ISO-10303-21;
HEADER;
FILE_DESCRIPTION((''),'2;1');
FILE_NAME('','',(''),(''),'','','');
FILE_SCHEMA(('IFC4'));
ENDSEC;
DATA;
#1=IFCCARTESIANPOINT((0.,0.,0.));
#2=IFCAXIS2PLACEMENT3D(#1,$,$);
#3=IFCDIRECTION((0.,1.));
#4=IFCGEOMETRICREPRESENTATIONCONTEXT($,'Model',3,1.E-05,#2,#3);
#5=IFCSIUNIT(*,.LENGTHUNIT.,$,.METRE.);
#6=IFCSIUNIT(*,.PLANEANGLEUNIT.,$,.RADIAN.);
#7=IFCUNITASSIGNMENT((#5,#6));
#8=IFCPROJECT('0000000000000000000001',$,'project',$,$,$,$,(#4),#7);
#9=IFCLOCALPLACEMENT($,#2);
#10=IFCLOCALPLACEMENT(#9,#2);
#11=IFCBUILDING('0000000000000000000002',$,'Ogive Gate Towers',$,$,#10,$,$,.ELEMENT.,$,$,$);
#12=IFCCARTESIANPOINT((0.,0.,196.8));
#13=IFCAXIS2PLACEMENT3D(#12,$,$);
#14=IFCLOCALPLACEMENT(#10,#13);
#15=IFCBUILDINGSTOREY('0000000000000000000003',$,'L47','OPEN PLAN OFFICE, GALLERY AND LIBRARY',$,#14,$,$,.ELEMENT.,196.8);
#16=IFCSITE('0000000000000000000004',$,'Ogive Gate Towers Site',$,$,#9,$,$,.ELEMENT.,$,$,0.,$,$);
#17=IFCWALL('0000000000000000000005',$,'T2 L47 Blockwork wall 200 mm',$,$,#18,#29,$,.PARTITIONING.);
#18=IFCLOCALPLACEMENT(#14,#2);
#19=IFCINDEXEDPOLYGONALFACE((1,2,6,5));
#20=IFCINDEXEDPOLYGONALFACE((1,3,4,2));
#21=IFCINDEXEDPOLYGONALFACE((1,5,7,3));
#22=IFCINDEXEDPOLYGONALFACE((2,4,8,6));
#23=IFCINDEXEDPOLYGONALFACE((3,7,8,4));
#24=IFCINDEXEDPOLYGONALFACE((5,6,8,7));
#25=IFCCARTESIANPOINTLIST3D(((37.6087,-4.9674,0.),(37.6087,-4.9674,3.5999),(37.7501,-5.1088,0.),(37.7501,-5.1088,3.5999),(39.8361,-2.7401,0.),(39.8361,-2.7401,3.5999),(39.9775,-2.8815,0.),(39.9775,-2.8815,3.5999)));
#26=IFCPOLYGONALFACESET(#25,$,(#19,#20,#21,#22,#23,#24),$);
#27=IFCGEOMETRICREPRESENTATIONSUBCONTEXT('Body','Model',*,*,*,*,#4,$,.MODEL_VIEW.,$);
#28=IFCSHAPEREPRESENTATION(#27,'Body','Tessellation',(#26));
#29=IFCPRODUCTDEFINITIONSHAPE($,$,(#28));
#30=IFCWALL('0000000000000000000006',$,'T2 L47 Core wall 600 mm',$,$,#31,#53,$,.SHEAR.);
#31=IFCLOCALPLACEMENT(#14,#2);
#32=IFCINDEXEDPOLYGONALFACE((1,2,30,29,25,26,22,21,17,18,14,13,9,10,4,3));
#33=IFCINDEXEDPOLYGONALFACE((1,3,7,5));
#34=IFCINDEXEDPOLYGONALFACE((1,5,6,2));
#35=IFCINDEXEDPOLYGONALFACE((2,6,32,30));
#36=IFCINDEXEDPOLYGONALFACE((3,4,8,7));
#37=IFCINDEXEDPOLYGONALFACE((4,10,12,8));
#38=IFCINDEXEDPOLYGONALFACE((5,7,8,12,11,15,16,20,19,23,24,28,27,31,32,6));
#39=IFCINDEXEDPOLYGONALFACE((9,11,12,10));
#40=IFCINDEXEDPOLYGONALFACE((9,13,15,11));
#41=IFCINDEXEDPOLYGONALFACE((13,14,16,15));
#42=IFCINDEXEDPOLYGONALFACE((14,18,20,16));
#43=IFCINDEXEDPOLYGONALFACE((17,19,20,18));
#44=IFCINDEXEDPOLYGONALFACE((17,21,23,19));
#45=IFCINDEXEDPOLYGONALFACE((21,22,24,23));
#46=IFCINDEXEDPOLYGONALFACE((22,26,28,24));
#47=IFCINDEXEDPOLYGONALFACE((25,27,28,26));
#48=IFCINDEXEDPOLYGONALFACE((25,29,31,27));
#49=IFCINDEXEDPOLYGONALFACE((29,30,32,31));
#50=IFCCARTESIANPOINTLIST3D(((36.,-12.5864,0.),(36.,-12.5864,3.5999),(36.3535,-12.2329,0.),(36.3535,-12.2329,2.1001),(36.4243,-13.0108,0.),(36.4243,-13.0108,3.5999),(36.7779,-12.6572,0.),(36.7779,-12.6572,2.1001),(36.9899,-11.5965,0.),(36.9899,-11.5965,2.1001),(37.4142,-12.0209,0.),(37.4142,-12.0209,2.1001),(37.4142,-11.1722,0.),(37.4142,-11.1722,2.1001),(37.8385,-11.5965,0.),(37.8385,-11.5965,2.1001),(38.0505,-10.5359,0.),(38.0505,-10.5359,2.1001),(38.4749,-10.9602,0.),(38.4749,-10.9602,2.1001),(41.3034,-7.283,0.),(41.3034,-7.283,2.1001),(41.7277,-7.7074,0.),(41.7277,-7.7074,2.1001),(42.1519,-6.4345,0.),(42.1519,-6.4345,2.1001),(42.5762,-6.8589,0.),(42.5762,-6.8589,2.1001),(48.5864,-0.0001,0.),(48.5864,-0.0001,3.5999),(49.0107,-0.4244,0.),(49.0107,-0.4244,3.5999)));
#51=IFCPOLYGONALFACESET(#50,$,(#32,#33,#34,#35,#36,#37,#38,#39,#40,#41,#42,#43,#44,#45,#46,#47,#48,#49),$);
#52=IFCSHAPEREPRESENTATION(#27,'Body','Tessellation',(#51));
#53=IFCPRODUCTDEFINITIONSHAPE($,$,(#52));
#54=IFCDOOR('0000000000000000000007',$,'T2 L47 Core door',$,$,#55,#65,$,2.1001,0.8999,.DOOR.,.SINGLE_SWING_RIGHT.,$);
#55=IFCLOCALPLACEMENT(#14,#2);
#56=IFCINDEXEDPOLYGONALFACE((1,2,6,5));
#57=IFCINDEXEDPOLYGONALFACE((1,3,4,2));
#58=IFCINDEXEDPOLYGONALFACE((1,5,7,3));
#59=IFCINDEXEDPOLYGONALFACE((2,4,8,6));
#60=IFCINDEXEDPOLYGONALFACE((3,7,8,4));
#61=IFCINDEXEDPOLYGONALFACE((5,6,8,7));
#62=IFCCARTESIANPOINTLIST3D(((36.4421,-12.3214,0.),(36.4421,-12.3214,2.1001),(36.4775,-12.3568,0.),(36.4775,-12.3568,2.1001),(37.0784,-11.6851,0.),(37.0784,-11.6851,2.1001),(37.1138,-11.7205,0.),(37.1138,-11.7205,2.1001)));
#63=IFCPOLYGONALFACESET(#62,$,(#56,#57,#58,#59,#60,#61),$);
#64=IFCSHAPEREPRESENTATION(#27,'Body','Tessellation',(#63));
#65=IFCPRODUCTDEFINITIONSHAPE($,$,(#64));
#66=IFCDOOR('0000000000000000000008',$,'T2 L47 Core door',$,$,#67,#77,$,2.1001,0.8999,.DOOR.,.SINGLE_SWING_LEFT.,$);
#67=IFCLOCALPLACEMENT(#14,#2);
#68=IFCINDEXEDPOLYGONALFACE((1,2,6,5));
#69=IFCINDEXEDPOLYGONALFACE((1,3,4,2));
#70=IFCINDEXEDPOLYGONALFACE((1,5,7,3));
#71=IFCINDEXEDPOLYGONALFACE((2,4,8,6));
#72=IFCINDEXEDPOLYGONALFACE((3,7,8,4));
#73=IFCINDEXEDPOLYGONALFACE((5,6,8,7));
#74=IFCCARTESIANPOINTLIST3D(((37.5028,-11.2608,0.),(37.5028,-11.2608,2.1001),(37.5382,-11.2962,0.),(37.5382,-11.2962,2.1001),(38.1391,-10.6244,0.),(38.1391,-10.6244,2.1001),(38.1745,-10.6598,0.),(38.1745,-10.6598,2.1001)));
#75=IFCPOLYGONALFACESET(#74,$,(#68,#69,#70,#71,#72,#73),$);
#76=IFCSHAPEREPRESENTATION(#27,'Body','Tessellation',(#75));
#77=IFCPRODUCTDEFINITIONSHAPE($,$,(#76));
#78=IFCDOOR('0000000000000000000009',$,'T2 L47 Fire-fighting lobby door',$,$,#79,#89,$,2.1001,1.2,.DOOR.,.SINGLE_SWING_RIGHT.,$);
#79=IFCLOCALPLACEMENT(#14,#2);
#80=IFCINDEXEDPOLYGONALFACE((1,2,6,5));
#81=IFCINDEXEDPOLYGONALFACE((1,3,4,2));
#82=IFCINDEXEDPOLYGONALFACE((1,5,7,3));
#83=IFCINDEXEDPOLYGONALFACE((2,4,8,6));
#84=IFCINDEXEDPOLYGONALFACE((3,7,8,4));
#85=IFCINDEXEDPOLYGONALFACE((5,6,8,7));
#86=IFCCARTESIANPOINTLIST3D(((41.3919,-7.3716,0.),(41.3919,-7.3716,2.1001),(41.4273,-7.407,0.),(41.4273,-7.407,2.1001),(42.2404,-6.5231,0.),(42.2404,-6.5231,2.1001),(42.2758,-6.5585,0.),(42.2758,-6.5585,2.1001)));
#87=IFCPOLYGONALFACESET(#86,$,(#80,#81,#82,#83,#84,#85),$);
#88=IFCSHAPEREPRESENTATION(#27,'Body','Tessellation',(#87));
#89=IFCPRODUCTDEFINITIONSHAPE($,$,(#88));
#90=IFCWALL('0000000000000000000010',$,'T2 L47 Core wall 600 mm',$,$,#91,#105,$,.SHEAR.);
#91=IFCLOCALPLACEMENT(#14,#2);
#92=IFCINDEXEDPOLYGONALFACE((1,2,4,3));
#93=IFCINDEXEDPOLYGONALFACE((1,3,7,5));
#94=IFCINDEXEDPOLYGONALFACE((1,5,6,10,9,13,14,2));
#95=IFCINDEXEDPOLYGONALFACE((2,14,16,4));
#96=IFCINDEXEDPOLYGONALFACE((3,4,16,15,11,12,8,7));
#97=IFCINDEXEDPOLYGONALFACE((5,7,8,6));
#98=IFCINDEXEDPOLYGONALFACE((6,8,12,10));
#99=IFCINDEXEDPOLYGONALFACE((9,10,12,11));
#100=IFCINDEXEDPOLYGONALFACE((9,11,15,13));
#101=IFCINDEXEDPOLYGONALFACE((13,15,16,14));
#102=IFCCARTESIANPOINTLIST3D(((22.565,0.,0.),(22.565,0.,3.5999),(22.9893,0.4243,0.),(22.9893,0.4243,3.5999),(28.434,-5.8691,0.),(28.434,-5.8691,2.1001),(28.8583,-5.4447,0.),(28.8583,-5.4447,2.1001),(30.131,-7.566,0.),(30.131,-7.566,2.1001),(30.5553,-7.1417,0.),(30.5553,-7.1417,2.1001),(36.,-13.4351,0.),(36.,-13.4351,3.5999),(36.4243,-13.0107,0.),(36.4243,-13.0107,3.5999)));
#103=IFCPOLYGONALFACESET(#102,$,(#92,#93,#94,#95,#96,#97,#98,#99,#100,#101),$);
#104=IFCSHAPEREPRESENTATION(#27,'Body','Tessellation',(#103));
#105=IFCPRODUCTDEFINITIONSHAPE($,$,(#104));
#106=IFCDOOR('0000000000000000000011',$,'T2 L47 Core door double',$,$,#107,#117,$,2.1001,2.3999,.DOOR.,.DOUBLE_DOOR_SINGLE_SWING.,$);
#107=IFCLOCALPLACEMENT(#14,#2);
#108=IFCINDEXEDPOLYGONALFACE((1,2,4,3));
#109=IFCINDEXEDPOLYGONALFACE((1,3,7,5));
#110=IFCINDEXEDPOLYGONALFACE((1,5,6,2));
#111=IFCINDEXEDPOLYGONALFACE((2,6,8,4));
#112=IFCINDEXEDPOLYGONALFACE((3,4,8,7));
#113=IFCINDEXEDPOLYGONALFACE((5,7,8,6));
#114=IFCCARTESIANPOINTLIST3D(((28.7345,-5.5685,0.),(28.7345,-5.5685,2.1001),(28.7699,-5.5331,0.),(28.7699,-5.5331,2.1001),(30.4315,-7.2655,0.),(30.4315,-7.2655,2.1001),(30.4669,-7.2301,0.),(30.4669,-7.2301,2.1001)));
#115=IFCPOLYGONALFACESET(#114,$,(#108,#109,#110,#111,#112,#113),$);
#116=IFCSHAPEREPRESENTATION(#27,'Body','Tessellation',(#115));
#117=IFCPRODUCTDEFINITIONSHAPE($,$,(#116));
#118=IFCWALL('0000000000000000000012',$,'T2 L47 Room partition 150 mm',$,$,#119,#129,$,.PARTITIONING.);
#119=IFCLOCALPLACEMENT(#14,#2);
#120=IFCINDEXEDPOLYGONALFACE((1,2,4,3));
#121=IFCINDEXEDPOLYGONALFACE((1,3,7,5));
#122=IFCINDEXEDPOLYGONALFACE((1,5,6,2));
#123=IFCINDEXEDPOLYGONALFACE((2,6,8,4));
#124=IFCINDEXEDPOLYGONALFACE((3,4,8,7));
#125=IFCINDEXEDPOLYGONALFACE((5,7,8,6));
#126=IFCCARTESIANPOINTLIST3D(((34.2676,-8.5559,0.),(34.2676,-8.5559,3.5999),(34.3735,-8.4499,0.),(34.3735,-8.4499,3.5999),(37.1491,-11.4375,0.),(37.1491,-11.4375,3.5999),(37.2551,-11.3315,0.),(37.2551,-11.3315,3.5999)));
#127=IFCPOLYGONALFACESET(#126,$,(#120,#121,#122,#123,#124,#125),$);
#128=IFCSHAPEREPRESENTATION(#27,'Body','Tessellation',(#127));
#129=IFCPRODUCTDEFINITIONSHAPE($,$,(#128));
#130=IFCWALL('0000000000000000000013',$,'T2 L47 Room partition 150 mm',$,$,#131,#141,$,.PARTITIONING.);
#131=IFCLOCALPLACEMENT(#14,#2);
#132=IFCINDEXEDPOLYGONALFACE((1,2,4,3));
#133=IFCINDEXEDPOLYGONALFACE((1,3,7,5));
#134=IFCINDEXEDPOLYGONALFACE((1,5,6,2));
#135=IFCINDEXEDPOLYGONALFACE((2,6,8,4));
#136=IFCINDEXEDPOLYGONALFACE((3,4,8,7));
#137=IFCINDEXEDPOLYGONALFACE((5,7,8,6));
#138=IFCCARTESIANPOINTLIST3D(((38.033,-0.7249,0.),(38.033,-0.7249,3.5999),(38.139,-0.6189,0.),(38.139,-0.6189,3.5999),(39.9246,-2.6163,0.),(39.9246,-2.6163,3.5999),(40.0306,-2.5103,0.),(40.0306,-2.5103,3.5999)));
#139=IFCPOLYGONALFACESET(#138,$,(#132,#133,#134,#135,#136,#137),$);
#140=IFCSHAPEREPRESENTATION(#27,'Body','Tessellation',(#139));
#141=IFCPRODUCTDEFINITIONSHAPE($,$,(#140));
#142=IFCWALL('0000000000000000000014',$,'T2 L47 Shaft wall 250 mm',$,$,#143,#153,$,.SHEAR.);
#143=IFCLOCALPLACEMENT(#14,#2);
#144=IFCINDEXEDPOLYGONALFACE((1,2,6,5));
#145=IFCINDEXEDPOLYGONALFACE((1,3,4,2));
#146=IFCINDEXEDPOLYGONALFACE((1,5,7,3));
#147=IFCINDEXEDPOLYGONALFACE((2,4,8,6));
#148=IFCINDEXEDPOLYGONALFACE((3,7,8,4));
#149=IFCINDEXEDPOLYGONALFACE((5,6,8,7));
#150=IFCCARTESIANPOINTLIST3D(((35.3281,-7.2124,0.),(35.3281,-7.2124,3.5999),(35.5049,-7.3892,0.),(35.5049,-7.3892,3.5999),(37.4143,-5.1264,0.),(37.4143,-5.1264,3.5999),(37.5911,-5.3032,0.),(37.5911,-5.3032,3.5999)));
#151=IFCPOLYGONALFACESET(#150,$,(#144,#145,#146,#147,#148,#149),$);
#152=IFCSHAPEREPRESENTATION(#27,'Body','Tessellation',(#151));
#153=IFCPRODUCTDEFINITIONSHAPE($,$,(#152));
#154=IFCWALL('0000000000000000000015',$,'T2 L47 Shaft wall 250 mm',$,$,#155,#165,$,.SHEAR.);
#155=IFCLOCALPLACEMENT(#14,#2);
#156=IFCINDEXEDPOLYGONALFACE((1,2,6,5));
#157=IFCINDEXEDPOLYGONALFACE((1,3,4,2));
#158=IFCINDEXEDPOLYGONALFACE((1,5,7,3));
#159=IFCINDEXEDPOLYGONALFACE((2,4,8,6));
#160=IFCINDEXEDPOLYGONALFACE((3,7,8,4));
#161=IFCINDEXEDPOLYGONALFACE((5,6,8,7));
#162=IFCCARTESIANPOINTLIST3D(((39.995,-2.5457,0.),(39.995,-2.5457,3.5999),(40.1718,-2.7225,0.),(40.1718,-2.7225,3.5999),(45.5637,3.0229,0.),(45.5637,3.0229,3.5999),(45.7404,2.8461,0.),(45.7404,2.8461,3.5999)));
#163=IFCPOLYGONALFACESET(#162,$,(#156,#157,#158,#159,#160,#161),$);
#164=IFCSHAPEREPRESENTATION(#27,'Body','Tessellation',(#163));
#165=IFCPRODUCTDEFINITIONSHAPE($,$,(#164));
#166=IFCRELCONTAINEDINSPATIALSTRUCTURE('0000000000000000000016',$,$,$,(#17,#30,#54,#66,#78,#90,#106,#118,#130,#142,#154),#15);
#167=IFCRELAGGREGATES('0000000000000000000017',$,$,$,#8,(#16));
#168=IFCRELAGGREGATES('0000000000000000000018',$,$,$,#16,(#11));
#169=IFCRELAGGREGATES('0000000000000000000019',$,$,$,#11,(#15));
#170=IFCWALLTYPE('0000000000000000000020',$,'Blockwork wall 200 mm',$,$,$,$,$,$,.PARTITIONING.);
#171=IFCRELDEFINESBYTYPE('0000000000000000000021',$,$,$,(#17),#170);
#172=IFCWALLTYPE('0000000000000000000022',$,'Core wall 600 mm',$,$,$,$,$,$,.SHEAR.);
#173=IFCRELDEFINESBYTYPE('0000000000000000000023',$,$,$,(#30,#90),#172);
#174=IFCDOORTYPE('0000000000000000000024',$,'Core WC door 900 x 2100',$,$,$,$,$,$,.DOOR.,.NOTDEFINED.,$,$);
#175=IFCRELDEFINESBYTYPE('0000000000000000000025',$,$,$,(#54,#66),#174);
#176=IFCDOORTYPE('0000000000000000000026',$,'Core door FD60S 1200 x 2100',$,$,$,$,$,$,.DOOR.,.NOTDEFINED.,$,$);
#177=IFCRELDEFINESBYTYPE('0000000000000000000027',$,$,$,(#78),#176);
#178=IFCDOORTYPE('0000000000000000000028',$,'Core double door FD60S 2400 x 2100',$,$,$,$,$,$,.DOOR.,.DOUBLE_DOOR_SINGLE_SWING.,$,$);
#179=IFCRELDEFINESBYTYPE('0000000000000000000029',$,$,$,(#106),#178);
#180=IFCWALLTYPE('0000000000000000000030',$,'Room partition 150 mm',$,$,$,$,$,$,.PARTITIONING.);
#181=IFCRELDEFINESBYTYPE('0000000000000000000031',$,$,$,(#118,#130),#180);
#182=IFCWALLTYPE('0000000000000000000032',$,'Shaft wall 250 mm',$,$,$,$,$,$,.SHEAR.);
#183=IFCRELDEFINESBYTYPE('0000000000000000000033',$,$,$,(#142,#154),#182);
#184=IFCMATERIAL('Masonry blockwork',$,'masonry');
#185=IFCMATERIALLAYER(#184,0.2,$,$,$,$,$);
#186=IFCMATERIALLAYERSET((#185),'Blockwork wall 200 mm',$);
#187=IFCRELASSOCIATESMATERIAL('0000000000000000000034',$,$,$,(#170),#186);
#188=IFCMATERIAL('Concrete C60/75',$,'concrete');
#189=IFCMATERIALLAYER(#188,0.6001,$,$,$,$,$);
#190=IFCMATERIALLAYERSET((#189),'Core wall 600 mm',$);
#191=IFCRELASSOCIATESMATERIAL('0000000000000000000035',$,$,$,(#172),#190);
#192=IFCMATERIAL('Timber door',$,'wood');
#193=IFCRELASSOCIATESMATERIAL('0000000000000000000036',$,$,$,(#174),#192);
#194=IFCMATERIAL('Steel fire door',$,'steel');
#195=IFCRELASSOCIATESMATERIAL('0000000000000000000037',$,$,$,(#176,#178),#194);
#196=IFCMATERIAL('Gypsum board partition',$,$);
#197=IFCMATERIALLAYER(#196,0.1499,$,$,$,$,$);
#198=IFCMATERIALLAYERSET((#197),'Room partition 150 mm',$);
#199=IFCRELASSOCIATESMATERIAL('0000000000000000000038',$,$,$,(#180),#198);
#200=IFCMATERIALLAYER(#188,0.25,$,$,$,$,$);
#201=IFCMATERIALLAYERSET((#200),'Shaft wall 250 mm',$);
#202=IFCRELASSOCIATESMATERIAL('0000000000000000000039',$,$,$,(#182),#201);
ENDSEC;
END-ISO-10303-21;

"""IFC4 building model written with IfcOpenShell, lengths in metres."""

from ifc_helpers import new_model, si_unit, direction, frame, frame_2d, origin, place, context, subcontext, project, spatial, rectangle, extrude, material, layer, layer_set, type_object, element, fill, save


model = new_model("IFC4")

# Units and contexts
model_context = context("Model", 3, precision=1e-05, world=origin(), true_north=direction((0.0, 1.0)))
body_context = subcontext(model_context, "Body", "Model", "MODEL_VIEW")
ifc_project = project(units=[si_unit("LENGTHUNIT", "METRE"), si_unit("PLANEANGLEUNIT", "RADIAN")], contexts=[model_context])

# Site, building, storey
site_placement = place(None, origin())
site = spatial("IfcSite", under=ifc_project, at=site_placement, Name="Ogive Gate Towers Site", CompositionType="ELEMENT", RefElevation=0.0)
building_placement = place(site_placement, origin())
building = spatial("IfcBuilding", under=site, at=building_placement, Name="Ogive Gate Towers", CompositionType="ELEMENT")
storey_placement = place(building_placement, frame((0.0, 0.0, 196.8)))
storey = spatial("IfcBuildingStorey", under=building, at=storey_placement, Name="L47", Description="OPEN PLAN OFFICE, GALLERY AND LIBRARY", CompositionType="ELEMENT", Elevation=196.8)

# Wall
ifc_material_1 = material(Name="Masonry blockwork", Category="masonry")
ifc_layer_1 = layer(ifc_material_1, 0.2)
ifc_layer_set_1 = layer_set([ifc_layer_1], Name="Blockwork wall 200 mm")
wall_type_1 = type_object("IfcWallType", Name="Blockwork wall 200 mm", PredefinedType="PARTITIONING", material=ifc_layer_set_1)
wall_1_placement = place(storey_placement, frame((37.6794, -5.0381, 0.0), z_axis=(0.0, 0.0, 1.0), x_axis=(0.707107, 0.707107, 0.0)))
element("IfcWall", 1, at=wall_1_placement, inside=storey, type_object=wall_type_1, Name="T2 L47 Blockwork wall 200 mm", PredefinedType="PARTITIONING", context=body_context, shape_type="SweptSolid", body=[
    extrude(rectangle(XDim=3.1499, YDim=0.2, at=frame_2d((1.575, 0.0))), origin(), (0.0, 0.0, 1.0), 3.5999),
])

# Wall, openings, doors
ifc_material_2 = material(Name="Concrete C60/75", Category="concrete")
ifc_layer_2 = layer(ifc_material_2, 0.6001)
ifc_layer_set_2 = layer_set([ifc_layer_2], Name="Core wall 600 mm")
wall_type_2 = type_object("IfcWallType", Name="Core wall 600 mm", PredefinedType="SHEAR", material=ifc_layer_set_2)
wall_2_placement = place(storey_placement, frame((36.2122, -12.7986, 0.0), z_axis=(0.0, 0.0, 1.0), x_axis=(0.707107, 0.707107, 0.0)))
wall_2 = element("IfcWall", 2, at=wall_2_placement, inside=storey, type_object=wall_type_2, Name="T2 L47 Core wall 600 mm", PredefinedType="SHEAR", context=body_context, shape_type="SweptSolid", body=[
    extrude(rectangle(XDim=17.7998, YDim=0.6001, at=frame_2d((8.8999, 0.0))), origin(), (0.0, 0.0, 1.0), 3.5999),
])
opening_1_placement = place(wall_2_placement, frame((7.5, 0.0, 0.0)))
opening_1 = element("IfcOpeningElement", 3, at=opening_1_placement, cuts=wall_2, PredefinedType="OPENING", context=body_context, shape_type="SweptSolid", body=[
    extrude(rectangle(XDim=1.2, YDim=2.1001, at=frame_2d((0.6001, 1.05))), frame((0.0, 0.3101, 0.0), z_axis=(0.0, -1.0, 0.0), x_axis=(1.0, 0.0, 0.0)), (0.0, 0.0, 1.0), 0.6201),
])
opening_2_placement = place(wall_2_placement, frame((0.5, 0.0, 0.0)))
opening_2 = element("IfcOpeningElement", 4, at=opening_2_placement, cuts=wall_2, PredefinedType="OPENING", context=body_context, shape_type="SweptSolid", body=[
    extrude(rectangle(XDim=0.8999, YDim=2.1001, at=frame_2d((0.45, 1.05))), frame((0.0, 0.3101, 0.0), z_axis=(0.0, -1.0, 0.0), x_axis=(1.0, 0.0, 0.0)), (0.0, 0.0, 1.0), 0.6201),
])
opening_3_placement = place(wall_2_placement, frame((2.0, 0.0, 0.0)))
opening_3 = element("IfcOpeningElement", 5, at=opening_3_placement, cuts=wall_2, PredefinedType="OPENING", context=body_context, shape_type="SweptSolid", body=[
    extrude(rectangle(XDim=0.8999, YDim=2.1001, at=frame_2d((0.45, 1.05))), frame((0.0, 0.3101, 0.0), z_axis=(0.0, -1.0, 0.0), x_axis=(1.0, 0.0, 0.0)), (0.0, 0.0, 1.0), 0.6201),
])
ifc_material_3 = material(Name="Timber door", Category="wood")
door_type_1 = type_object("IfcDoorType", Name="Core WC door 900 x 2100", OperationType="NOTDEFINED", PredefinedType="DOOR", material=ifc_material_3)
door_1_placement = place(opening_2_placement, origin())
door_1 = element("IfcDoor", 6, at=door_1_placement, inside=storey, type_object=door_type_1, Name="T2 L47 Core door", OperationType="SINGLE_SWING_RIGHT", OverallHeight=2.1001, OverallWidth=0.8999, PredefinedType="DOOR", context=body_context, shape_type="SweptSolid", body=[
    extrude(rectangle(XDim=0.8999, YDim=2.1001, at=frame_2d((0.45, 1.05))), frame((0.0, 0.1748, 0.0), z_axis=(0.0, -1.0, 0.0), x_axis=(1.0, 0.0, 0.0)), (0.0, 0.0, 1.0), 0.05),
])
fill(opening_2, door_1)
door_2_placement = place(opening_3_placement, origin())
door_2 = element("IfcDoor", 7, at=door_2_placement, inside=storey, type_object=door_type_1, Name="T2 L47 Core door", OperationType="SINGLE_SWING_LEFT", OverallHeight=2.1001, OverallWidth=0.8999, PredefinedType="DOOR", context=body_context, shape_type="SweptSolid", body=[
    extrude(rectangle(XDim=0.8999, YDim=2.1001, at=frame_2d((0.45, 1.05))), frame((0.0, 0.1748, 0.0), z_axis=(0.0, -1.0, 0.0), x_axis=(1.0, 0.0, 0.0)), (0.0, 0.0, 1.0), 0.05),
])
fill(opening_3, door_2)
ifc_material_4 = material(Name="Steel fire door", Category="steel")
door_type_2 = type_object("IfcDoorType", Name="Core door FD60S 1200 x 2100", OperationType="NOTDEFINED", PredefinedType="DOOR", material=ifc_material_4)
door_3_placement = place(opening_1_placement, origin())
door_3 = element("IfcDoor", 8, at=door_3_placement, inside=storey, type_object=door_type_2, Name="T2 L47 Fire-fighting lobby door", OperationType="SINGLE_SWING_RIGHT", OverallHeight=2.1001, OverallWidth=1.2, PredefinedType="DOOR", context=body_context, shape_type="SweptSolid", body=[
    extrude(rectangle(XDim=1.2, YDim=2.1001, at=frame_2d((0.6001, 1.05))), frame((0.0, 0.1748, 0.0), z_axis=(0.0, -1.0, 0.0), x_axis=(1.0, 0.0, 0.0)), (0.0, 0.0, 1.0), 0.05),
])
fill(opening_1, door_3)

# Wall, opening, door
wall_3_placement = place(storey_placement, frame((36.2122, -13.2229, 0.0), z_axis=(0.0, 0.0, 1.0), x_axis=(-0.707107, 0.707107, 0.0)))
wall_3 = element("IfcWall", 9, at=wall_3_placement, inside=storey, type_object=wall_type_2, Name="T2 L47 Core wall 600 mm", PredefinedType="SHEAR", context=body_context, shape_type="SweptSolid", body=[
    extrude(rectangle(XDim=19.0, YDim=0.6001, at=frame_2d((9.5, 0.0))), origin(), (0.0, 0.0, 1.0), 3.5999),
])
opening_4_placement = place(wall_3_placement, frame((8.3, 0.0, 0.0)))
opening_4 = element("IfcOpeningElement", 10, at=opening_4_placement, cuts=wall_3, PredefinedType="OPENING", context=body_context, shape_type="SweptSolid", body=[
    extrude(rectangle(XDim=2.3999, YDim=2.1001, at=frame_2d((1.2, 1.05))), frame((0.0, 0.3101, 0.0), z_axis=(0.0, -1.0, 0.0), x_axis=(1.0, 0.0, 0.0)), (0.0, 0.0, 1.0), 0.6201),
])
door_type_3 = type_object("IfcDoorType", Name="Core double door FD60S 2400 x 2100", OperationType="DOUBLE_DOOR_SINGLE_SWING", PredefinedType="DOOR", material=ifc_material_4)
door_4_placement = place(opening_4_placement, origin())
door_4 = element("IfcDoor", 11, at=door_4_placement, inside=storey, type_object=door_type_3, Name="T2 L47 Core door double", OperationType="DOUBLE_DOOR_SINGLE_SWING", OverallHeight=2.1001, OverallWidth=2.3999, PredefinedType="DOOR", context=body_context, shape_type="SweptSolid", body=[
    extrude(rectangle(XDim=2.3999, YDim=2.1001, at=frame_2d((1.2, 1.05))), frame((0.0, -0.125, 0.0), z_axis=(0.0, -1.0, 0.0), x_axis=(1.0, 0.0, 0.0)), (0.0, 0.0, 1.0), 0.05),
])
fill(opening_4, door_4)

# Walls
ifc_material_5 = material(Name="Gypsum board partition")
ifc_layer_3 = layer(ifc_material_5, 0.1499)
ifc_layer_set_3 = layer_set([ifc_layer_3], Name="Room partition 150 mm")
wall_type_3 = type_object("IfcWallType", Name="Room partition 150 mm", PredefinedType="PARTITIONING", material=ifc_layer_set_3)
wall_4_placement = place(storey_placement, frame((37.2021, -11.3845, 0.0), z_axis=(0.0, 0.0, 1.0), x_axis=(-0.707107, 0.707107, 0.0)))
element("IfcWall", 12, at=wall_4_placement, inside=storey, type_object=wall_type_3, Name="T2 L47 Room partition 150 mm", PredefinedType="PARTITIONING", context=body_context, shape_type="SweptSolid", body=[
    extrude(rectangle(XDim=4.0752, YDim=0.1499, at=frame_2d((2.0376, 0.0))), origin(), (0.0, 0.0, 1.0), 3.5999),
])
wall_5_placement = place(storey_placement, frame((39.9775, -2.5632, 0.0), z_axis=(0.0, 0.0, 1.0), x_axis=(-0.707152, 0.707061, 0.0)))
element("IfcWall", 13, at=wall_5_placement, inside=storey, type_object=wall_type_3, Name="T2 L47 Room partition 150 mm", PredefinedType="PARTITIONING", context=body_context, shape_type="SweptSolid", body=[
    extrude(rectangle(XDim=2.675, YDim=0.1499, at=frame_2d((1.3374, 0.0))), origin(), (0.0, 0.0, 1.0), 3.5999),
])
ifc_layer_4 = layer(ifc_material_2, 0.25)
ifc_layer_set_4 = layer_set([ifc_layer_4], Name="Shaft wall 250 mm")
wall_type_4 = type_object("IfcWallType", Name="Shaft wall 250 mm", PredefinedType="SHEAR", material=ifc_layer_set_4)
wall_6_placement = place(storey_placement, frame((35.4165, -7.3008, 0.0), z_axis=(0.0, 0.0, 1.0), x_axis=(0.707148, 0.707065, 0.0)))
element("IfcWall", 14, at=wall_6_placement, inside=storey, type_object=wall_type_4, Name="T2 L47 Shaft wall 250 mm", PredefinedType="SHEAR", context=body_context, shape_type="SweptSolid", body=[
    extrude(rectangle(XDim=2.9502, YDim=0.25, at=frame_2d((1.4751, 0.0))), origin(), (0.0, 0.0, 1.0), 3.5999),
])
wall_7_placement = place(storey_placement, frame((40.0835, -2.634, 0.0), z_axis=(0.0, 0.0, 1.0), x_axis=(0.707107, 0.707107, 0.0)))
element("IfcWall", 15, at=wall_7_placement, inside=storey, type_object=wall_type_4, Name="T2 L47 Shaft wall 250 mm", PredefinedType="SHEAR", context=body_context, shape_type="SweptSolid", body=[
    extrude(rectangle(XDim=7.8752, YDim=0.25, at=frame_2d((3.9375, 0.0))), origin(), (0.0, 0.0, 1.0), 3.5999),
])

save(model, "model.ifc")
